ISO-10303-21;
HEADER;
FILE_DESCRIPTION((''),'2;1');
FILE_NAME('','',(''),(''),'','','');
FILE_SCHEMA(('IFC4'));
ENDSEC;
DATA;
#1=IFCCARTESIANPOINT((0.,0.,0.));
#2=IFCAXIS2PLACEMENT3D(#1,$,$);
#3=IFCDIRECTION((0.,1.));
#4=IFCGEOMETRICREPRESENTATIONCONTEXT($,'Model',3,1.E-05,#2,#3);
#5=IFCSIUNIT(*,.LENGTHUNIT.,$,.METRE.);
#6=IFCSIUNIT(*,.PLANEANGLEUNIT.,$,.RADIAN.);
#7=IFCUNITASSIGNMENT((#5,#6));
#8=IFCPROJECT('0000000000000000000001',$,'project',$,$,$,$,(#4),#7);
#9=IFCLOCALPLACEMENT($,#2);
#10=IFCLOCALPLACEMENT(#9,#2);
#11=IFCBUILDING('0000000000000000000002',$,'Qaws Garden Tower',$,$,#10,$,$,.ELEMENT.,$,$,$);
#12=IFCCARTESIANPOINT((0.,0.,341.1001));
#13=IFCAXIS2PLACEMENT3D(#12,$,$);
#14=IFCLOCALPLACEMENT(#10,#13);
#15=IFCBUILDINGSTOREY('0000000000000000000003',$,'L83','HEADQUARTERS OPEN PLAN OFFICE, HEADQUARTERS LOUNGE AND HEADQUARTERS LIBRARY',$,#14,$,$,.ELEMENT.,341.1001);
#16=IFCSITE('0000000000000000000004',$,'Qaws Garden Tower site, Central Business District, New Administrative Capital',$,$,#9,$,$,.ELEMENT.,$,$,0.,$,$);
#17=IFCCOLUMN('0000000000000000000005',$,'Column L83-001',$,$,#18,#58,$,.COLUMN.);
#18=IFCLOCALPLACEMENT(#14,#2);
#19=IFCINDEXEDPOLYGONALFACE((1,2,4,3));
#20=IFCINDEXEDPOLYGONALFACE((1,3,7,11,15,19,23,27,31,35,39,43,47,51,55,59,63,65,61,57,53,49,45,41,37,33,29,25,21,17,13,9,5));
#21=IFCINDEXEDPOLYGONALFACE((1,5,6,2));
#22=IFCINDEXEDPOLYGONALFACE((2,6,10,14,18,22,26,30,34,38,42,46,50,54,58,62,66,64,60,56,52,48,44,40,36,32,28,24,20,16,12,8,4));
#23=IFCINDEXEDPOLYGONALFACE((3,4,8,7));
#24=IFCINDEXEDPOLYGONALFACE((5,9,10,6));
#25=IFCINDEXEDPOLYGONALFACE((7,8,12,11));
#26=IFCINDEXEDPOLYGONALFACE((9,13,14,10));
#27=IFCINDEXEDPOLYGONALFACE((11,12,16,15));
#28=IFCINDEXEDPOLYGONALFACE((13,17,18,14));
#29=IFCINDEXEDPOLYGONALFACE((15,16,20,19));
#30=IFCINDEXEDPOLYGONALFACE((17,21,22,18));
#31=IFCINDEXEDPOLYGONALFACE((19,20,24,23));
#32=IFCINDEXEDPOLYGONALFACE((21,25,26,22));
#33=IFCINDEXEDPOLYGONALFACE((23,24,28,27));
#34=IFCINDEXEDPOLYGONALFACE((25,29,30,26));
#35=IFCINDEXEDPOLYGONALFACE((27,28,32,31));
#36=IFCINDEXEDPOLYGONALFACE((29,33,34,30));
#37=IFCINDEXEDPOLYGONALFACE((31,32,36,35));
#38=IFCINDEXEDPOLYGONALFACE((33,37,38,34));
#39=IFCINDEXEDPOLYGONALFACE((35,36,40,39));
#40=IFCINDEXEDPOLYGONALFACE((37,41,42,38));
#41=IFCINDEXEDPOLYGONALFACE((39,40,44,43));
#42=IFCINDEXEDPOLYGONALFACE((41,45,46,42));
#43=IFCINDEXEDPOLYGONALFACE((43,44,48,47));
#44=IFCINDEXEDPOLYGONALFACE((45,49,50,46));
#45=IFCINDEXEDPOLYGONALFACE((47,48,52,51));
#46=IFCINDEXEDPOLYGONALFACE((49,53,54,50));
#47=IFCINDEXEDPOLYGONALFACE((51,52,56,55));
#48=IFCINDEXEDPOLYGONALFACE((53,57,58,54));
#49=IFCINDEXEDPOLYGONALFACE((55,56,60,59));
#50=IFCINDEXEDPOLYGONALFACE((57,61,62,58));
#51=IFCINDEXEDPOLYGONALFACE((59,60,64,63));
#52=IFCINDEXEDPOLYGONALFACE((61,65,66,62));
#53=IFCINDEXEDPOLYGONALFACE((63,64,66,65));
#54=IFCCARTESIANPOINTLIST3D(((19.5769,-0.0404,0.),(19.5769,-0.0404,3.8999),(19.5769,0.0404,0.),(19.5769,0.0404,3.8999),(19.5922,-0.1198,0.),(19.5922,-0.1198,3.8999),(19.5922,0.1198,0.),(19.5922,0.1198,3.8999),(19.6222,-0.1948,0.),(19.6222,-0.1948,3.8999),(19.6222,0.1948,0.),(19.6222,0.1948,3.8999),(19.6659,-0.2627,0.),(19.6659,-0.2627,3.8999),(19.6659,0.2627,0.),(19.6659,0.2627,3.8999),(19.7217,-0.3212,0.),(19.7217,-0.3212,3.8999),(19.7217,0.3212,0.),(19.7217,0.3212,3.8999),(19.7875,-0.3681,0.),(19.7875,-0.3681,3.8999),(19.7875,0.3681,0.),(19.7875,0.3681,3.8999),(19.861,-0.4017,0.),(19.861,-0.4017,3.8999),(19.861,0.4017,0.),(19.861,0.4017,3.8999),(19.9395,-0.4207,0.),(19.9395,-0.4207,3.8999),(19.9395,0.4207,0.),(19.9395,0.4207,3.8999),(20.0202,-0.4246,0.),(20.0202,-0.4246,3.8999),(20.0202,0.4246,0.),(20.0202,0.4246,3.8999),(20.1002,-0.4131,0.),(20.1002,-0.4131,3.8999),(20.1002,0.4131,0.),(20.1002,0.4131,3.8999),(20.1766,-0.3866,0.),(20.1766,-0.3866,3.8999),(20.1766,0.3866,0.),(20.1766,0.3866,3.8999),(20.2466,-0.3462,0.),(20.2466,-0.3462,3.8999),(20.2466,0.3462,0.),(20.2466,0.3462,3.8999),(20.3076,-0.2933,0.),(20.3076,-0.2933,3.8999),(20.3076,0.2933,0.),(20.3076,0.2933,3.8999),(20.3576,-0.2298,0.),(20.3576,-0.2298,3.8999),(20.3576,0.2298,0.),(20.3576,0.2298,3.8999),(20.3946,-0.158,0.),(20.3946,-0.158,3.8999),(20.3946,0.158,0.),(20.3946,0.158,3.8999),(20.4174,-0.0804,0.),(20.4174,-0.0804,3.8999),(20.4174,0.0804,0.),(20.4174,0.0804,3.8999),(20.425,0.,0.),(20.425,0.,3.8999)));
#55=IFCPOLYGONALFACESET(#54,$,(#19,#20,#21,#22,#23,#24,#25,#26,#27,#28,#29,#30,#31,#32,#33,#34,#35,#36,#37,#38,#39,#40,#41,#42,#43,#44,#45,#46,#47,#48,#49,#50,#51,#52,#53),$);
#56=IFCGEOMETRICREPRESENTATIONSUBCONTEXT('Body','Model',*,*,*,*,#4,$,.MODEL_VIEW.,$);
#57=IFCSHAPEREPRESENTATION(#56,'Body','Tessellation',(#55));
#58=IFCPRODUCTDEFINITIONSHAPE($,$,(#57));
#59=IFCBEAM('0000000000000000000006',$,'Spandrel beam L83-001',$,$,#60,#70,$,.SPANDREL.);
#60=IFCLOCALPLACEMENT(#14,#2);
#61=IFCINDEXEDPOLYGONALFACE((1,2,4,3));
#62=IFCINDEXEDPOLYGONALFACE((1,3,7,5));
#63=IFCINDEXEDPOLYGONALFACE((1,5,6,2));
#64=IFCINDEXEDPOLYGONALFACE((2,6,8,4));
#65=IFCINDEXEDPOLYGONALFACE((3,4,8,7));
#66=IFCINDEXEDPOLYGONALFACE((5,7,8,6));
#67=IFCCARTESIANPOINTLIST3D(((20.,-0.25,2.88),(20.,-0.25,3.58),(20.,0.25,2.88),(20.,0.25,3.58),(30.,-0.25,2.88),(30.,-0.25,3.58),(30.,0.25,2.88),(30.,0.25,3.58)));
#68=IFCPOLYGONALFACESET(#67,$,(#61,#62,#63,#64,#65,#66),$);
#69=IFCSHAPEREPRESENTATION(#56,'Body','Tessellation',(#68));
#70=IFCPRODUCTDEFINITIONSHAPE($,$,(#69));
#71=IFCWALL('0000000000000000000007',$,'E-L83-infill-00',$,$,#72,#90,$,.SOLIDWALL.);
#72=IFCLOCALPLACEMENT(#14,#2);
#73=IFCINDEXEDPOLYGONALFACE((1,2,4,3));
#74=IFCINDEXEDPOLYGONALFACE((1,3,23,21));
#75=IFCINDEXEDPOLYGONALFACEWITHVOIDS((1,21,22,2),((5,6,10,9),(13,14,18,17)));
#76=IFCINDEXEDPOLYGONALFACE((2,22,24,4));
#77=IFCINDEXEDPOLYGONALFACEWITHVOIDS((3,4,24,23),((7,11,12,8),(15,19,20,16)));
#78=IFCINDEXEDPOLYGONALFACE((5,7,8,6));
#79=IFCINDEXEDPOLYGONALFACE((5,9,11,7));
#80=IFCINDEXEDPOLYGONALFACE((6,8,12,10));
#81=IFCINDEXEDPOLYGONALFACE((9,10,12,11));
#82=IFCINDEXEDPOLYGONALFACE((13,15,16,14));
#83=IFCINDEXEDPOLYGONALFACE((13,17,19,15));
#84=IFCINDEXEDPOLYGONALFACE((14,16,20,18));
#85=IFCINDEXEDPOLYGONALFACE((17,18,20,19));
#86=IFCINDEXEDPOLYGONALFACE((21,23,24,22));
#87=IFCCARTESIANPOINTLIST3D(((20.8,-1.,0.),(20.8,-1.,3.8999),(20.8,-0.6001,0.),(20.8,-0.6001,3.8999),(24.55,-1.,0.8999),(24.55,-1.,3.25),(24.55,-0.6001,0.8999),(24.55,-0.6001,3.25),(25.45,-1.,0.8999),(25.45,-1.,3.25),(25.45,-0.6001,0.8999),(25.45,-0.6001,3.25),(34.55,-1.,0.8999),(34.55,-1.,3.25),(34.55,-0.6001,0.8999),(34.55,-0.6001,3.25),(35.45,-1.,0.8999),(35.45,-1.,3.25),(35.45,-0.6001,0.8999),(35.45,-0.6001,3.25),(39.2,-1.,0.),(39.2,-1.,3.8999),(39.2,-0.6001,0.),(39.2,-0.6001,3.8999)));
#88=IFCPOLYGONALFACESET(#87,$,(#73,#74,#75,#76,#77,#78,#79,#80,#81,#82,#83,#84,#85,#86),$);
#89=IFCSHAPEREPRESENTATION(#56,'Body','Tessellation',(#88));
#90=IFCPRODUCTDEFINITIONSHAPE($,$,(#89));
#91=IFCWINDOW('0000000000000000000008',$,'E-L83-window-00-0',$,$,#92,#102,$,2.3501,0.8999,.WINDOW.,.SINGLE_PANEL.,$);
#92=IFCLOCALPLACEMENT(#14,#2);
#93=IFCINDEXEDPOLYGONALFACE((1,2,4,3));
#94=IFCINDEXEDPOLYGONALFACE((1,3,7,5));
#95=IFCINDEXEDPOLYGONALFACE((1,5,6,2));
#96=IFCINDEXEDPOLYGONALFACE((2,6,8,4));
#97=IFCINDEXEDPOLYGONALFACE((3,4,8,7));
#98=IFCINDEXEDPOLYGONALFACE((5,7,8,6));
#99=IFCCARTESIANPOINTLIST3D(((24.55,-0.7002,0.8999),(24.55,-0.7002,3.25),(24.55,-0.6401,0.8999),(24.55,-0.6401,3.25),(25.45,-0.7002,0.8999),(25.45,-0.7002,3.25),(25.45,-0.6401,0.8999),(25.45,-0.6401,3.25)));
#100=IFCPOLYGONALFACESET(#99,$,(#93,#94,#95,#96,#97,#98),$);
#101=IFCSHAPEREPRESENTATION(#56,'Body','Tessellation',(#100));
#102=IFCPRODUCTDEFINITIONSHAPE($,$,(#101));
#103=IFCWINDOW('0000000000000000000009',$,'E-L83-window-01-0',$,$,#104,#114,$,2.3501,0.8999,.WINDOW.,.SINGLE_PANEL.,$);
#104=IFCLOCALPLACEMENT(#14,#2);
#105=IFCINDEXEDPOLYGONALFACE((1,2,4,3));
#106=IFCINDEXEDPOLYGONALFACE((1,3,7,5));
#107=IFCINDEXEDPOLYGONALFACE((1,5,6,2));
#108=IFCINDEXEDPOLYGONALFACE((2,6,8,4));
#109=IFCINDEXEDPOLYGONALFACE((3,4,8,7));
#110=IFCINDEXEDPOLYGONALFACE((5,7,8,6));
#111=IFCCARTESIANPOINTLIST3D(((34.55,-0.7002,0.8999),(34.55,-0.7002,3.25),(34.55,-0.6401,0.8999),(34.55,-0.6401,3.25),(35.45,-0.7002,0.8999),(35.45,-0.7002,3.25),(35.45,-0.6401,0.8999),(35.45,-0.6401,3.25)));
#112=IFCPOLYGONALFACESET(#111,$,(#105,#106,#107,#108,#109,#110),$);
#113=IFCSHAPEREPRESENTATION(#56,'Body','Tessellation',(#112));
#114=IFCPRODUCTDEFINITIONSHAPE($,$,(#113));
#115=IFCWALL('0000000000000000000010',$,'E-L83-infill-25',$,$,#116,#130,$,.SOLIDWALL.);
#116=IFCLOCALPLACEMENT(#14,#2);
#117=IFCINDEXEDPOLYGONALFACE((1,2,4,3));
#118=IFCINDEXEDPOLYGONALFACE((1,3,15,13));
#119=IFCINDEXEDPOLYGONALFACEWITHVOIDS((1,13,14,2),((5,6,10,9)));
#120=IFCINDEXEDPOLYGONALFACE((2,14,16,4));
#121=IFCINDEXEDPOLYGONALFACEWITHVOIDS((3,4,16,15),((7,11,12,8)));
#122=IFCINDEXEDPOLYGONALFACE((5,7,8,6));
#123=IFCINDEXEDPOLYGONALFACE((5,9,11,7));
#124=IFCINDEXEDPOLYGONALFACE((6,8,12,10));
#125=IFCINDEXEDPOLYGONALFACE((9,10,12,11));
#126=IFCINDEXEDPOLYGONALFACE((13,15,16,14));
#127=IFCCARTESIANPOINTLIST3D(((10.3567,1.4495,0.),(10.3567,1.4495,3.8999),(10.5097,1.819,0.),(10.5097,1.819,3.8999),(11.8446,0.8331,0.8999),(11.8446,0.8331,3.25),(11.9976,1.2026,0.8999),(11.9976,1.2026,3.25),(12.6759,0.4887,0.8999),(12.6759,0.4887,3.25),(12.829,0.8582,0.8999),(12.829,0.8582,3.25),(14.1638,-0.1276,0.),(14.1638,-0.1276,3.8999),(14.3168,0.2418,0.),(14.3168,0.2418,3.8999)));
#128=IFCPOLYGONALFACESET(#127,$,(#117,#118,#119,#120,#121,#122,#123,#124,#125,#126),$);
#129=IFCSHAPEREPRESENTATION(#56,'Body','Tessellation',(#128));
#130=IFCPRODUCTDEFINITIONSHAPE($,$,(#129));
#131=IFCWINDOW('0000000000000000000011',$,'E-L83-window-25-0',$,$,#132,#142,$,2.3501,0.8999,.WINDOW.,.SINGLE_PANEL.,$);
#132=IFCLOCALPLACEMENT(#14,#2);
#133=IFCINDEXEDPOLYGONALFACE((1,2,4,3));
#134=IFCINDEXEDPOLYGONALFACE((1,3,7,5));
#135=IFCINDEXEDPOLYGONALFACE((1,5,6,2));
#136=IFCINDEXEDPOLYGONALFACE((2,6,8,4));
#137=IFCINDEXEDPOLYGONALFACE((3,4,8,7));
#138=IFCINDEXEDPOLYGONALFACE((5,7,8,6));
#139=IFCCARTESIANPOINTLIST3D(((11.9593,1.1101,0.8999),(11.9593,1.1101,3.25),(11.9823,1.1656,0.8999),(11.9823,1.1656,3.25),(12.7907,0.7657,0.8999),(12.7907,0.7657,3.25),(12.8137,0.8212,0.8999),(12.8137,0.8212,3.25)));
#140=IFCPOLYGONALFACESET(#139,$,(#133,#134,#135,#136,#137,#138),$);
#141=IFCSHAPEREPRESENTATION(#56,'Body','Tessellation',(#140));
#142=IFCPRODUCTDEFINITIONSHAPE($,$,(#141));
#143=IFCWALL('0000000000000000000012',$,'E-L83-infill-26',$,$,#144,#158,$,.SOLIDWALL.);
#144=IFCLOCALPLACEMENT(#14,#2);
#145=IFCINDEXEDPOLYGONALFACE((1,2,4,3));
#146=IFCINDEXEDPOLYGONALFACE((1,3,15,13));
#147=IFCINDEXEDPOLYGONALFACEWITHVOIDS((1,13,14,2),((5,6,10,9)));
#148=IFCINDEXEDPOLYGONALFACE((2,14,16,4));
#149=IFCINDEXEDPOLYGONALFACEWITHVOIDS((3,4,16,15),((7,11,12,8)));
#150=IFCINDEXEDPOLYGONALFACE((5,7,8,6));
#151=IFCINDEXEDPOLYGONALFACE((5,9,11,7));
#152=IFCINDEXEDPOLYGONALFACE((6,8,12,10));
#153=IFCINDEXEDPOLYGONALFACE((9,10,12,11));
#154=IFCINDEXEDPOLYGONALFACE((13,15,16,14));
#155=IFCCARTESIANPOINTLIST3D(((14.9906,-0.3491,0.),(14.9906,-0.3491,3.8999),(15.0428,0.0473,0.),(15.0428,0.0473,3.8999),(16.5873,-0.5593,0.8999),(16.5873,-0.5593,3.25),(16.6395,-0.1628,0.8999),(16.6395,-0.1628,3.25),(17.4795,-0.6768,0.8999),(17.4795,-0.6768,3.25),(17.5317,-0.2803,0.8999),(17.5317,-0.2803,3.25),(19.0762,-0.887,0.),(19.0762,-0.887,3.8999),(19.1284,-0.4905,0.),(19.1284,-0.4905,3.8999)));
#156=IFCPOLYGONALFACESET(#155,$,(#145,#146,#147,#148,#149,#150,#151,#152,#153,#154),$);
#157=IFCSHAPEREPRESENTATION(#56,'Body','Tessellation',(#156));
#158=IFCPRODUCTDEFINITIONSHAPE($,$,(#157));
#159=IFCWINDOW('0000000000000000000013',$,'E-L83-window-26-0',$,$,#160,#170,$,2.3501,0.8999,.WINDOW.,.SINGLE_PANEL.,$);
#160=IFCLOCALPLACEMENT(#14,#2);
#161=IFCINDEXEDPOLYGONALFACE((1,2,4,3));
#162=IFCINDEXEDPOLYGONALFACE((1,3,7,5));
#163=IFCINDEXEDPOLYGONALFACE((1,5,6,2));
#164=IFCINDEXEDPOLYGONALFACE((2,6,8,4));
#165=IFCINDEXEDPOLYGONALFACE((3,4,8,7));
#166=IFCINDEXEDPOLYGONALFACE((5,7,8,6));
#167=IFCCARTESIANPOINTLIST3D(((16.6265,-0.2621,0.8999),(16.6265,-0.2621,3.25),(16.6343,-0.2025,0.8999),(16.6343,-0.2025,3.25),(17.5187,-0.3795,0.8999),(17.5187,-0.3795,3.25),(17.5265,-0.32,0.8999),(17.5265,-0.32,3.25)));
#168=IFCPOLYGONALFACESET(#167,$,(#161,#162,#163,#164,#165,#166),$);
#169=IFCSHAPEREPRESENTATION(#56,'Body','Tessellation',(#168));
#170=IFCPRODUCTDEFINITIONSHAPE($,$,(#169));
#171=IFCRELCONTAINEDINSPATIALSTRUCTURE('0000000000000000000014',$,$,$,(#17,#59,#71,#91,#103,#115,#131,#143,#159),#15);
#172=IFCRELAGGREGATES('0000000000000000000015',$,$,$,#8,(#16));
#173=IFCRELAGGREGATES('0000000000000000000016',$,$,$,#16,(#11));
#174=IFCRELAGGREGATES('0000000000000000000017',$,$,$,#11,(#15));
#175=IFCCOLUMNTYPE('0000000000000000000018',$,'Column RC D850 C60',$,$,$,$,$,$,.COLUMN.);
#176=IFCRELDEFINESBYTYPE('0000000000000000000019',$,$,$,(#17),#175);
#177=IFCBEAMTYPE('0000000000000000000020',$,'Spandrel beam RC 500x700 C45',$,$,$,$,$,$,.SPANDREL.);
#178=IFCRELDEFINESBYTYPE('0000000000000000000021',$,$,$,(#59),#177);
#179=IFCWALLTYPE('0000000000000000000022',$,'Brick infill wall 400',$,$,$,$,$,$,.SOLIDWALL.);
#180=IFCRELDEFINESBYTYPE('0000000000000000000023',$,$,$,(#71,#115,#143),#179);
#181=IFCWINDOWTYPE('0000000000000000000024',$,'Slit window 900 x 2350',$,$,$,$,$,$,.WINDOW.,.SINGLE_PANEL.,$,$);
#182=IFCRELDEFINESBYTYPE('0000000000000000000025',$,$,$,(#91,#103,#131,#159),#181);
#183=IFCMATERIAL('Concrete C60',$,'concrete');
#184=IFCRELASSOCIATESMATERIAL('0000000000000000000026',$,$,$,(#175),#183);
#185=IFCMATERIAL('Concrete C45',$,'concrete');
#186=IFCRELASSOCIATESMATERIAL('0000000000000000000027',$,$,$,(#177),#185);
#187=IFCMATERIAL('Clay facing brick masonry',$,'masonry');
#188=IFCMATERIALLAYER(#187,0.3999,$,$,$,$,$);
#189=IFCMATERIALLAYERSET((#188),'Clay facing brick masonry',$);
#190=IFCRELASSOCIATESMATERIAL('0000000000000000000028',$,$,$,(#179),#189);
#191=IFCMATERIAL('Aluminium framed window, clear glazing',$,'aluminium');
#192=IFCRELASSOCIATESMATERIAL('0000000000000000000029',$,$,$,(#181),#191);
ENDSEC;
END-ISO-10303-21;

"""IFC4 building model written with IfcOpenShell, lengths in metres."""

from ifc_helpers import new_model, si_unit, direction, frame, frame_2d, origin, origin_2d, place, context, subcontext, project, spatial, rectangle, circle, extrude, material, layer, layer_set, material_profile, profile_set, type_object, element, fill, save


model = new_model("IFC4")

# Units and contexts
model_context = context("Model", 3, precision=1e-05, world=origin(), true_north=direction((0.0, 1.0)))
body_context = subcontext(model_context, "Body", "Model", "MODEL_VIEW")
ifc_project = project(units=[si_unit("LENGTHUNIT", "METRE"), si_unit("PLANEANGLEUNIT", "RADIAN")], contexts=[model_context])

# Site, building, storey
site_placement = place(None, origin())
site = spatial("IfcSite", under=ifc_project, at=site_placement, Name="Qaws Garden Tower site, Central Business District, New Administrative Capital", CompositionType="ELEMENT", RefElevation=0.0)
building_placement = place(site_placement, origin())
building = spatial("IfcBuilding", under=site, at=building_placement, Name="Qaws Garden Tower", CompositionType="ELEMENT")
storey_placement = place(building_placement, frame((0.0, 0.0, 341.1001)))
storey = spatial("IfcBuildingStorey", under=building, at=storey_placement, Name="L83", Description="HEADQUARTERS OPEN PLAN OFFICE, HEADQUARTERS LOUNGE AND HEADQUARTERS LIBRARY", CompositionType="ELEMENT", Elevation=341.1001)

# Column
ifc_material_1 = material(Name="Concrete C60", Category="concrete")
ifc_material_profile_1 = material_profile(ifc_material_1, circle(Radius=0.425, at=origin_2d()), Name="RC D850")
ifc_profile_set_1 = profile_set([ifc_material_profile_1], Name="Concrete C60")
column_type = type_object("IfcColumnType", Name="Column RC D850 C60", PredefinedType="COLUMN", material=ifc_profile_set_1)
column_placement = place(storey_placement, frame((20.0, 0.0, 0.0), z_axis=(0.0, 0.0, 1.0), x_axis=(1.0, 0.0, 0.0)))
element("IfcColumn", 1, at=column_placement, inside=storey, type_object=column_type, Name="Column L83-001", PredefinedType="COLUMN", context=body_context, shape_type="SweptSolid", body=[
    extrude(circle(Radius=0.425, at=origin_2d()), origin(), (0.0, 0.0, 1.0), 3.8999),
])

# Beam
ifc_material_2 = material(Name="Concrete C45", Category="concrete")
ifc_material_profile_2 = material_profile(ifc_material_2, rectangle(XDim=0.5, YDim=0.7, at=origin_2d()), Name="RC 500x700")
ifc_profile_set_2 = profile_set([ifc_material_profile_2], Name="Concrete C45")
beam_type = type_object("IfcBeamType", Name="Spandrel beam RC 500x700 C45", PredefinedType="SPANDREL", material=ifc_profile_set_2)
beam_placement = place(storey_placement, frame((20.0, 0.0, 3.23), z_axis=(1.0, 0.0, 0.0), x_axis=(0.0, 1.0, 0.0)))
element("IfcBeam", 2, at=beam_placement, inside=storey, type_object=beam_type, Name="Spandrel beam L83-001", PredefinedType="SPANDREL", context=body_context, shape_type="SweptSolid", body=[
    extrude(rectangle(XDim=0.5, YDim=0.7, at=origin_2d()), origin(), (0.0, 0.0, 1.0), 10.0),
])

# Wall, openings, windows
ifc_material_3 = material(Name="Clay facing brick masonry", Category="masonry")
ifc_layer_1 = layer(ifc_material_3, 0.3999)
ifc_layer_set_1 = layer_set([ifc_layer_1], Name="Clay facing brick masonry")
wall_type_1 = type_object("IfcWallType", Name="Brick infill wall 400", PredefinedType="SOLIDWALL", material=ifc_layer_set_1)
wall_1_placement = place(storey_placement, frame((20.8, -0.8, 0.0), z_axis=(0.0, 0.0, 1.0), x_axis=(1.0, 0.0, 0.0)))
wall_1 = element("IfcWall", 3, at=wall_1_placement, inside=storey, type_object=wall_type_1, Name="E-L83-infill-00", PredefinedType="SOLIDWALL", context=body_context, shape_type="SweptSolid", body=[
    extrude(rectangle(XDim=18.3999, YDim=0.3999, at=frame_2d((9.2, 0.0))), origin(), (0.0, 0.0, 1.0), 3.8999),
])
opening_1_placement = place(wall_1_placement, frame((3.75, 0.0, 0.8999)))
opening_1 = element("IfcOpeningElement", 4, at=opening_1_placement, cuts=wall_1, PredefinedType="OPENING", context=body_context, shape_type="SweptSolid", body=[
    extrude(rectangle(XDim=0.8999, YDim=2.3501, at=frame_2d((0.45, 1.175))), frame((0.0, 0.21, 0.0), z_axis=(0.0, -1.0, 0.0), x_axis=(1.0, 0.0, 0.0)), (0.0, 0.0, 1.0), 0.4199),
])
opening_2_placement = place(wall_1_placement, frame((13.75, 0.0, 0.8999)))
opening_2 = element("IfcOpeningElement", 5, at=opening_2_placement, cuts=wall_1, PredefinedType="OPENING", context=body_context, shape_type="SweptSolid", body=[
    extrude(rectangle(XDim=0.8999, YDim=2.3501, at=frame_2d((0.45, 1.175))), frame((0.0, 0.21, 0.0), z_axis=(0.0, -1.0, 0.0), x_axis=(1.0, 0.0, 0.0)), (0.0, 0.0, 1.0), 0.4199),
])
ifc_material_4 = material(Name="Aluminium framed window, clear glazing", Category="aluminium")
window_type = type_object("IfcWindowType", Name="Slit window 900 x 2350", PartitioningType="SINGLE_PANEL", PredefinedType="WINDOW", material=ifc_material_4)
window_1_placement = place(opening_1_placement, origin())
window_1 = element("IfcWindow", 6, at=window_1_placement, inside=storey, type_object=window_type, Name="E-L83-window-00-0", OverallHeight=2.3501, OverallWidth=0.8999, PartitioningType="SINGLE_PANEL", PredefinedType="WINDOW", context=body_context, shape_type="SweptSolid", body=[
    extrude(rectangle(XDim=0.8999, YDim=2.3501, at=frame_2d((0.45, 1.175))), frame((0.0, 0.1599, 0.0), z_axis=(0.0, -1.0, 0.0), x_axis=(1.0, 0.0, 0.0)), (0.0, 0.0, 1.0), 0.0601),
])
fill(opening_1, window_1)
window_2_placement = place(opening_2_placement, origin())
window_2 = element("IfcWindow", 7, at=window_2_placement, inside=storey, type_object=window_type, Name="E-L83-window-01-0", OverallHeight=2.3501, OverallWidth=0.8999, PartitioningType="SINGLE_PANEL", PredefinedType="WINDOW", context=body_context, shape_type="SweptSolid", body=[
    extrude(rectangle(XDim=0.8999, YDim=2.3501, at=frame_2d((0.45, 1.175))), frame((0.0, 0.1599, 0.0), z_axis=(0.0, -1.0, 0.0), x_axis=(1.0, 0.0, 0.0)), (0.0, 0.0, 1.0), 0.0601),
])
fill(opening_2, window_2)

# Walls, openings, windows
wall_2_placement = place(storey_placement, frame((10.4331, 1.6343, 0.0), z_axis=(0.0, 0.0, 1.0), x_axis=(0.923864, -0.382722, 0.0)))
wall_2 = element("IfcWall", 8, at=wall_2_placement, inside=storey, type_object=wall_type_1, Name="E-L83-infill-25", PredefinedType="SOLIDWALL", context=body_context, shape_type="SweptSolid", body=[
    extrude(rectangle(XDim=4.1208, YDim=0.3999, at=frame_2d((2.0605, 0.0))), origin(), (0.0, 0.0, 1.0), 3.8999),
])
opening_3_placement = place(wall_2_placement, frame((1.6106, 0.0, 0.8999)))
opening_3 = element("IfcOpeningElement", 9, at=opening_3_placement, cuts=wall_2, PredefinedType="OPENING", context=body_context, shape_type="SweptSolid", body=[
    extrude(rectangle(XDim=0.8999, YDim=2.3501, at=frame_2d((0.45, 1.175))), frame((0.0, 0.21, 0.0), z_axis=(0.0, -1.0, 0.0), x_axis=(1.0, 0.0, 0.0)), (0.0, 0.0, 1.0), 0.4199),
])
window_3_placement = place(opening_3_placement, origin())
window_3 = element("IfcWindow", 10, at=window_3_placement, inside=storey, type_object=window_type, Name="E-L83-window-25-0", OverallHeight=2.3501, OverallWidth=0.8999, PartitioningType="SINGLE_PANEL", PredefinedType="WINDOW", context=body_context, shape_type="SweptSolid", body=[
    extrude(rectangle(XDim=0.8999, YDim=2.3501, at=frame_2d((0.45, 1.175))), frame((0.0, 0.1599, 0.0), z_axis=(0.0, -1.0, 0.0), x_axis=(1.0, 0.0, 0.0)), (0.0, 0.0, 1.0), 0.0601),
])
fill(opening_3, window_3)
wall_3_placement = place(storey_placement, frame((15.0166, -0.1509, 0.0), z_axis=(0.0, 0.0, 1.0), x_axis=(0.991446, -0.130514, 0.0)))
wall_3 = element("IfcWall", 11, at=wall_3_placement, inside=storey, type_object=wall_type_1, Name="E-L83-infill-26", PredefinedType="SOLIDWALL", context=body_context, shape_type="SweptSolid", body=[
    extrude(rectangle(XDim=4.1208, YDim=0.3999, at=frame_2d((2.0605, 0.0))), origin(), (0.0, 0.0, 1.0), 3.8999),
])
opening_4_placement = place(wall_3_placement, frame((1.6106, 0.0, 0.8999)))
opening_4 = element("IfcOpeningElement", 12, at=opening_4_placement, cuts=wall_3, PredefinedType="OPENING", context=body_context, shape_type="SweptSolid", body=[
    extrude(rectangle(XDim=0.8999, YDim=2.3501, at=frame_2d((0.45, 1.175))), frame((0.0, 0.21, 0.0), z_axis=(0.0, -1.0, 0.0), x_axis=(1.0, 0.0, 0.0)), (0.0, 0.0, 1.0), 0.4199),
])
window_4_placement = place(opening_4_placement, origin())
window_4 = element("IfcWindow", 13, at=window_4_placement, inside=storey, type_object=window_type, Name="E-L83-window-26-0", OverallHeight=2.3501, OverallWidth=0.8999, PartitioningType="SINGLE_PANEL", PredefinedType="WINDOW", context=body_context, shape_type="SweptSolid", body=[
    extrude(rectangle(XDim=0.8999, YDim=2.3501, at=frame_2d((0.45, 1.175))), frame((0.0, 0.1599, 0.0), z_axis=(0.0, -1.0, 0.0), x_axis=(1.0, 0.0, 0.0)), (0.0, 0.0, 1.0), 0.0601),
])
fill(opening_4, window_4)

save(model, "model.ifc")
